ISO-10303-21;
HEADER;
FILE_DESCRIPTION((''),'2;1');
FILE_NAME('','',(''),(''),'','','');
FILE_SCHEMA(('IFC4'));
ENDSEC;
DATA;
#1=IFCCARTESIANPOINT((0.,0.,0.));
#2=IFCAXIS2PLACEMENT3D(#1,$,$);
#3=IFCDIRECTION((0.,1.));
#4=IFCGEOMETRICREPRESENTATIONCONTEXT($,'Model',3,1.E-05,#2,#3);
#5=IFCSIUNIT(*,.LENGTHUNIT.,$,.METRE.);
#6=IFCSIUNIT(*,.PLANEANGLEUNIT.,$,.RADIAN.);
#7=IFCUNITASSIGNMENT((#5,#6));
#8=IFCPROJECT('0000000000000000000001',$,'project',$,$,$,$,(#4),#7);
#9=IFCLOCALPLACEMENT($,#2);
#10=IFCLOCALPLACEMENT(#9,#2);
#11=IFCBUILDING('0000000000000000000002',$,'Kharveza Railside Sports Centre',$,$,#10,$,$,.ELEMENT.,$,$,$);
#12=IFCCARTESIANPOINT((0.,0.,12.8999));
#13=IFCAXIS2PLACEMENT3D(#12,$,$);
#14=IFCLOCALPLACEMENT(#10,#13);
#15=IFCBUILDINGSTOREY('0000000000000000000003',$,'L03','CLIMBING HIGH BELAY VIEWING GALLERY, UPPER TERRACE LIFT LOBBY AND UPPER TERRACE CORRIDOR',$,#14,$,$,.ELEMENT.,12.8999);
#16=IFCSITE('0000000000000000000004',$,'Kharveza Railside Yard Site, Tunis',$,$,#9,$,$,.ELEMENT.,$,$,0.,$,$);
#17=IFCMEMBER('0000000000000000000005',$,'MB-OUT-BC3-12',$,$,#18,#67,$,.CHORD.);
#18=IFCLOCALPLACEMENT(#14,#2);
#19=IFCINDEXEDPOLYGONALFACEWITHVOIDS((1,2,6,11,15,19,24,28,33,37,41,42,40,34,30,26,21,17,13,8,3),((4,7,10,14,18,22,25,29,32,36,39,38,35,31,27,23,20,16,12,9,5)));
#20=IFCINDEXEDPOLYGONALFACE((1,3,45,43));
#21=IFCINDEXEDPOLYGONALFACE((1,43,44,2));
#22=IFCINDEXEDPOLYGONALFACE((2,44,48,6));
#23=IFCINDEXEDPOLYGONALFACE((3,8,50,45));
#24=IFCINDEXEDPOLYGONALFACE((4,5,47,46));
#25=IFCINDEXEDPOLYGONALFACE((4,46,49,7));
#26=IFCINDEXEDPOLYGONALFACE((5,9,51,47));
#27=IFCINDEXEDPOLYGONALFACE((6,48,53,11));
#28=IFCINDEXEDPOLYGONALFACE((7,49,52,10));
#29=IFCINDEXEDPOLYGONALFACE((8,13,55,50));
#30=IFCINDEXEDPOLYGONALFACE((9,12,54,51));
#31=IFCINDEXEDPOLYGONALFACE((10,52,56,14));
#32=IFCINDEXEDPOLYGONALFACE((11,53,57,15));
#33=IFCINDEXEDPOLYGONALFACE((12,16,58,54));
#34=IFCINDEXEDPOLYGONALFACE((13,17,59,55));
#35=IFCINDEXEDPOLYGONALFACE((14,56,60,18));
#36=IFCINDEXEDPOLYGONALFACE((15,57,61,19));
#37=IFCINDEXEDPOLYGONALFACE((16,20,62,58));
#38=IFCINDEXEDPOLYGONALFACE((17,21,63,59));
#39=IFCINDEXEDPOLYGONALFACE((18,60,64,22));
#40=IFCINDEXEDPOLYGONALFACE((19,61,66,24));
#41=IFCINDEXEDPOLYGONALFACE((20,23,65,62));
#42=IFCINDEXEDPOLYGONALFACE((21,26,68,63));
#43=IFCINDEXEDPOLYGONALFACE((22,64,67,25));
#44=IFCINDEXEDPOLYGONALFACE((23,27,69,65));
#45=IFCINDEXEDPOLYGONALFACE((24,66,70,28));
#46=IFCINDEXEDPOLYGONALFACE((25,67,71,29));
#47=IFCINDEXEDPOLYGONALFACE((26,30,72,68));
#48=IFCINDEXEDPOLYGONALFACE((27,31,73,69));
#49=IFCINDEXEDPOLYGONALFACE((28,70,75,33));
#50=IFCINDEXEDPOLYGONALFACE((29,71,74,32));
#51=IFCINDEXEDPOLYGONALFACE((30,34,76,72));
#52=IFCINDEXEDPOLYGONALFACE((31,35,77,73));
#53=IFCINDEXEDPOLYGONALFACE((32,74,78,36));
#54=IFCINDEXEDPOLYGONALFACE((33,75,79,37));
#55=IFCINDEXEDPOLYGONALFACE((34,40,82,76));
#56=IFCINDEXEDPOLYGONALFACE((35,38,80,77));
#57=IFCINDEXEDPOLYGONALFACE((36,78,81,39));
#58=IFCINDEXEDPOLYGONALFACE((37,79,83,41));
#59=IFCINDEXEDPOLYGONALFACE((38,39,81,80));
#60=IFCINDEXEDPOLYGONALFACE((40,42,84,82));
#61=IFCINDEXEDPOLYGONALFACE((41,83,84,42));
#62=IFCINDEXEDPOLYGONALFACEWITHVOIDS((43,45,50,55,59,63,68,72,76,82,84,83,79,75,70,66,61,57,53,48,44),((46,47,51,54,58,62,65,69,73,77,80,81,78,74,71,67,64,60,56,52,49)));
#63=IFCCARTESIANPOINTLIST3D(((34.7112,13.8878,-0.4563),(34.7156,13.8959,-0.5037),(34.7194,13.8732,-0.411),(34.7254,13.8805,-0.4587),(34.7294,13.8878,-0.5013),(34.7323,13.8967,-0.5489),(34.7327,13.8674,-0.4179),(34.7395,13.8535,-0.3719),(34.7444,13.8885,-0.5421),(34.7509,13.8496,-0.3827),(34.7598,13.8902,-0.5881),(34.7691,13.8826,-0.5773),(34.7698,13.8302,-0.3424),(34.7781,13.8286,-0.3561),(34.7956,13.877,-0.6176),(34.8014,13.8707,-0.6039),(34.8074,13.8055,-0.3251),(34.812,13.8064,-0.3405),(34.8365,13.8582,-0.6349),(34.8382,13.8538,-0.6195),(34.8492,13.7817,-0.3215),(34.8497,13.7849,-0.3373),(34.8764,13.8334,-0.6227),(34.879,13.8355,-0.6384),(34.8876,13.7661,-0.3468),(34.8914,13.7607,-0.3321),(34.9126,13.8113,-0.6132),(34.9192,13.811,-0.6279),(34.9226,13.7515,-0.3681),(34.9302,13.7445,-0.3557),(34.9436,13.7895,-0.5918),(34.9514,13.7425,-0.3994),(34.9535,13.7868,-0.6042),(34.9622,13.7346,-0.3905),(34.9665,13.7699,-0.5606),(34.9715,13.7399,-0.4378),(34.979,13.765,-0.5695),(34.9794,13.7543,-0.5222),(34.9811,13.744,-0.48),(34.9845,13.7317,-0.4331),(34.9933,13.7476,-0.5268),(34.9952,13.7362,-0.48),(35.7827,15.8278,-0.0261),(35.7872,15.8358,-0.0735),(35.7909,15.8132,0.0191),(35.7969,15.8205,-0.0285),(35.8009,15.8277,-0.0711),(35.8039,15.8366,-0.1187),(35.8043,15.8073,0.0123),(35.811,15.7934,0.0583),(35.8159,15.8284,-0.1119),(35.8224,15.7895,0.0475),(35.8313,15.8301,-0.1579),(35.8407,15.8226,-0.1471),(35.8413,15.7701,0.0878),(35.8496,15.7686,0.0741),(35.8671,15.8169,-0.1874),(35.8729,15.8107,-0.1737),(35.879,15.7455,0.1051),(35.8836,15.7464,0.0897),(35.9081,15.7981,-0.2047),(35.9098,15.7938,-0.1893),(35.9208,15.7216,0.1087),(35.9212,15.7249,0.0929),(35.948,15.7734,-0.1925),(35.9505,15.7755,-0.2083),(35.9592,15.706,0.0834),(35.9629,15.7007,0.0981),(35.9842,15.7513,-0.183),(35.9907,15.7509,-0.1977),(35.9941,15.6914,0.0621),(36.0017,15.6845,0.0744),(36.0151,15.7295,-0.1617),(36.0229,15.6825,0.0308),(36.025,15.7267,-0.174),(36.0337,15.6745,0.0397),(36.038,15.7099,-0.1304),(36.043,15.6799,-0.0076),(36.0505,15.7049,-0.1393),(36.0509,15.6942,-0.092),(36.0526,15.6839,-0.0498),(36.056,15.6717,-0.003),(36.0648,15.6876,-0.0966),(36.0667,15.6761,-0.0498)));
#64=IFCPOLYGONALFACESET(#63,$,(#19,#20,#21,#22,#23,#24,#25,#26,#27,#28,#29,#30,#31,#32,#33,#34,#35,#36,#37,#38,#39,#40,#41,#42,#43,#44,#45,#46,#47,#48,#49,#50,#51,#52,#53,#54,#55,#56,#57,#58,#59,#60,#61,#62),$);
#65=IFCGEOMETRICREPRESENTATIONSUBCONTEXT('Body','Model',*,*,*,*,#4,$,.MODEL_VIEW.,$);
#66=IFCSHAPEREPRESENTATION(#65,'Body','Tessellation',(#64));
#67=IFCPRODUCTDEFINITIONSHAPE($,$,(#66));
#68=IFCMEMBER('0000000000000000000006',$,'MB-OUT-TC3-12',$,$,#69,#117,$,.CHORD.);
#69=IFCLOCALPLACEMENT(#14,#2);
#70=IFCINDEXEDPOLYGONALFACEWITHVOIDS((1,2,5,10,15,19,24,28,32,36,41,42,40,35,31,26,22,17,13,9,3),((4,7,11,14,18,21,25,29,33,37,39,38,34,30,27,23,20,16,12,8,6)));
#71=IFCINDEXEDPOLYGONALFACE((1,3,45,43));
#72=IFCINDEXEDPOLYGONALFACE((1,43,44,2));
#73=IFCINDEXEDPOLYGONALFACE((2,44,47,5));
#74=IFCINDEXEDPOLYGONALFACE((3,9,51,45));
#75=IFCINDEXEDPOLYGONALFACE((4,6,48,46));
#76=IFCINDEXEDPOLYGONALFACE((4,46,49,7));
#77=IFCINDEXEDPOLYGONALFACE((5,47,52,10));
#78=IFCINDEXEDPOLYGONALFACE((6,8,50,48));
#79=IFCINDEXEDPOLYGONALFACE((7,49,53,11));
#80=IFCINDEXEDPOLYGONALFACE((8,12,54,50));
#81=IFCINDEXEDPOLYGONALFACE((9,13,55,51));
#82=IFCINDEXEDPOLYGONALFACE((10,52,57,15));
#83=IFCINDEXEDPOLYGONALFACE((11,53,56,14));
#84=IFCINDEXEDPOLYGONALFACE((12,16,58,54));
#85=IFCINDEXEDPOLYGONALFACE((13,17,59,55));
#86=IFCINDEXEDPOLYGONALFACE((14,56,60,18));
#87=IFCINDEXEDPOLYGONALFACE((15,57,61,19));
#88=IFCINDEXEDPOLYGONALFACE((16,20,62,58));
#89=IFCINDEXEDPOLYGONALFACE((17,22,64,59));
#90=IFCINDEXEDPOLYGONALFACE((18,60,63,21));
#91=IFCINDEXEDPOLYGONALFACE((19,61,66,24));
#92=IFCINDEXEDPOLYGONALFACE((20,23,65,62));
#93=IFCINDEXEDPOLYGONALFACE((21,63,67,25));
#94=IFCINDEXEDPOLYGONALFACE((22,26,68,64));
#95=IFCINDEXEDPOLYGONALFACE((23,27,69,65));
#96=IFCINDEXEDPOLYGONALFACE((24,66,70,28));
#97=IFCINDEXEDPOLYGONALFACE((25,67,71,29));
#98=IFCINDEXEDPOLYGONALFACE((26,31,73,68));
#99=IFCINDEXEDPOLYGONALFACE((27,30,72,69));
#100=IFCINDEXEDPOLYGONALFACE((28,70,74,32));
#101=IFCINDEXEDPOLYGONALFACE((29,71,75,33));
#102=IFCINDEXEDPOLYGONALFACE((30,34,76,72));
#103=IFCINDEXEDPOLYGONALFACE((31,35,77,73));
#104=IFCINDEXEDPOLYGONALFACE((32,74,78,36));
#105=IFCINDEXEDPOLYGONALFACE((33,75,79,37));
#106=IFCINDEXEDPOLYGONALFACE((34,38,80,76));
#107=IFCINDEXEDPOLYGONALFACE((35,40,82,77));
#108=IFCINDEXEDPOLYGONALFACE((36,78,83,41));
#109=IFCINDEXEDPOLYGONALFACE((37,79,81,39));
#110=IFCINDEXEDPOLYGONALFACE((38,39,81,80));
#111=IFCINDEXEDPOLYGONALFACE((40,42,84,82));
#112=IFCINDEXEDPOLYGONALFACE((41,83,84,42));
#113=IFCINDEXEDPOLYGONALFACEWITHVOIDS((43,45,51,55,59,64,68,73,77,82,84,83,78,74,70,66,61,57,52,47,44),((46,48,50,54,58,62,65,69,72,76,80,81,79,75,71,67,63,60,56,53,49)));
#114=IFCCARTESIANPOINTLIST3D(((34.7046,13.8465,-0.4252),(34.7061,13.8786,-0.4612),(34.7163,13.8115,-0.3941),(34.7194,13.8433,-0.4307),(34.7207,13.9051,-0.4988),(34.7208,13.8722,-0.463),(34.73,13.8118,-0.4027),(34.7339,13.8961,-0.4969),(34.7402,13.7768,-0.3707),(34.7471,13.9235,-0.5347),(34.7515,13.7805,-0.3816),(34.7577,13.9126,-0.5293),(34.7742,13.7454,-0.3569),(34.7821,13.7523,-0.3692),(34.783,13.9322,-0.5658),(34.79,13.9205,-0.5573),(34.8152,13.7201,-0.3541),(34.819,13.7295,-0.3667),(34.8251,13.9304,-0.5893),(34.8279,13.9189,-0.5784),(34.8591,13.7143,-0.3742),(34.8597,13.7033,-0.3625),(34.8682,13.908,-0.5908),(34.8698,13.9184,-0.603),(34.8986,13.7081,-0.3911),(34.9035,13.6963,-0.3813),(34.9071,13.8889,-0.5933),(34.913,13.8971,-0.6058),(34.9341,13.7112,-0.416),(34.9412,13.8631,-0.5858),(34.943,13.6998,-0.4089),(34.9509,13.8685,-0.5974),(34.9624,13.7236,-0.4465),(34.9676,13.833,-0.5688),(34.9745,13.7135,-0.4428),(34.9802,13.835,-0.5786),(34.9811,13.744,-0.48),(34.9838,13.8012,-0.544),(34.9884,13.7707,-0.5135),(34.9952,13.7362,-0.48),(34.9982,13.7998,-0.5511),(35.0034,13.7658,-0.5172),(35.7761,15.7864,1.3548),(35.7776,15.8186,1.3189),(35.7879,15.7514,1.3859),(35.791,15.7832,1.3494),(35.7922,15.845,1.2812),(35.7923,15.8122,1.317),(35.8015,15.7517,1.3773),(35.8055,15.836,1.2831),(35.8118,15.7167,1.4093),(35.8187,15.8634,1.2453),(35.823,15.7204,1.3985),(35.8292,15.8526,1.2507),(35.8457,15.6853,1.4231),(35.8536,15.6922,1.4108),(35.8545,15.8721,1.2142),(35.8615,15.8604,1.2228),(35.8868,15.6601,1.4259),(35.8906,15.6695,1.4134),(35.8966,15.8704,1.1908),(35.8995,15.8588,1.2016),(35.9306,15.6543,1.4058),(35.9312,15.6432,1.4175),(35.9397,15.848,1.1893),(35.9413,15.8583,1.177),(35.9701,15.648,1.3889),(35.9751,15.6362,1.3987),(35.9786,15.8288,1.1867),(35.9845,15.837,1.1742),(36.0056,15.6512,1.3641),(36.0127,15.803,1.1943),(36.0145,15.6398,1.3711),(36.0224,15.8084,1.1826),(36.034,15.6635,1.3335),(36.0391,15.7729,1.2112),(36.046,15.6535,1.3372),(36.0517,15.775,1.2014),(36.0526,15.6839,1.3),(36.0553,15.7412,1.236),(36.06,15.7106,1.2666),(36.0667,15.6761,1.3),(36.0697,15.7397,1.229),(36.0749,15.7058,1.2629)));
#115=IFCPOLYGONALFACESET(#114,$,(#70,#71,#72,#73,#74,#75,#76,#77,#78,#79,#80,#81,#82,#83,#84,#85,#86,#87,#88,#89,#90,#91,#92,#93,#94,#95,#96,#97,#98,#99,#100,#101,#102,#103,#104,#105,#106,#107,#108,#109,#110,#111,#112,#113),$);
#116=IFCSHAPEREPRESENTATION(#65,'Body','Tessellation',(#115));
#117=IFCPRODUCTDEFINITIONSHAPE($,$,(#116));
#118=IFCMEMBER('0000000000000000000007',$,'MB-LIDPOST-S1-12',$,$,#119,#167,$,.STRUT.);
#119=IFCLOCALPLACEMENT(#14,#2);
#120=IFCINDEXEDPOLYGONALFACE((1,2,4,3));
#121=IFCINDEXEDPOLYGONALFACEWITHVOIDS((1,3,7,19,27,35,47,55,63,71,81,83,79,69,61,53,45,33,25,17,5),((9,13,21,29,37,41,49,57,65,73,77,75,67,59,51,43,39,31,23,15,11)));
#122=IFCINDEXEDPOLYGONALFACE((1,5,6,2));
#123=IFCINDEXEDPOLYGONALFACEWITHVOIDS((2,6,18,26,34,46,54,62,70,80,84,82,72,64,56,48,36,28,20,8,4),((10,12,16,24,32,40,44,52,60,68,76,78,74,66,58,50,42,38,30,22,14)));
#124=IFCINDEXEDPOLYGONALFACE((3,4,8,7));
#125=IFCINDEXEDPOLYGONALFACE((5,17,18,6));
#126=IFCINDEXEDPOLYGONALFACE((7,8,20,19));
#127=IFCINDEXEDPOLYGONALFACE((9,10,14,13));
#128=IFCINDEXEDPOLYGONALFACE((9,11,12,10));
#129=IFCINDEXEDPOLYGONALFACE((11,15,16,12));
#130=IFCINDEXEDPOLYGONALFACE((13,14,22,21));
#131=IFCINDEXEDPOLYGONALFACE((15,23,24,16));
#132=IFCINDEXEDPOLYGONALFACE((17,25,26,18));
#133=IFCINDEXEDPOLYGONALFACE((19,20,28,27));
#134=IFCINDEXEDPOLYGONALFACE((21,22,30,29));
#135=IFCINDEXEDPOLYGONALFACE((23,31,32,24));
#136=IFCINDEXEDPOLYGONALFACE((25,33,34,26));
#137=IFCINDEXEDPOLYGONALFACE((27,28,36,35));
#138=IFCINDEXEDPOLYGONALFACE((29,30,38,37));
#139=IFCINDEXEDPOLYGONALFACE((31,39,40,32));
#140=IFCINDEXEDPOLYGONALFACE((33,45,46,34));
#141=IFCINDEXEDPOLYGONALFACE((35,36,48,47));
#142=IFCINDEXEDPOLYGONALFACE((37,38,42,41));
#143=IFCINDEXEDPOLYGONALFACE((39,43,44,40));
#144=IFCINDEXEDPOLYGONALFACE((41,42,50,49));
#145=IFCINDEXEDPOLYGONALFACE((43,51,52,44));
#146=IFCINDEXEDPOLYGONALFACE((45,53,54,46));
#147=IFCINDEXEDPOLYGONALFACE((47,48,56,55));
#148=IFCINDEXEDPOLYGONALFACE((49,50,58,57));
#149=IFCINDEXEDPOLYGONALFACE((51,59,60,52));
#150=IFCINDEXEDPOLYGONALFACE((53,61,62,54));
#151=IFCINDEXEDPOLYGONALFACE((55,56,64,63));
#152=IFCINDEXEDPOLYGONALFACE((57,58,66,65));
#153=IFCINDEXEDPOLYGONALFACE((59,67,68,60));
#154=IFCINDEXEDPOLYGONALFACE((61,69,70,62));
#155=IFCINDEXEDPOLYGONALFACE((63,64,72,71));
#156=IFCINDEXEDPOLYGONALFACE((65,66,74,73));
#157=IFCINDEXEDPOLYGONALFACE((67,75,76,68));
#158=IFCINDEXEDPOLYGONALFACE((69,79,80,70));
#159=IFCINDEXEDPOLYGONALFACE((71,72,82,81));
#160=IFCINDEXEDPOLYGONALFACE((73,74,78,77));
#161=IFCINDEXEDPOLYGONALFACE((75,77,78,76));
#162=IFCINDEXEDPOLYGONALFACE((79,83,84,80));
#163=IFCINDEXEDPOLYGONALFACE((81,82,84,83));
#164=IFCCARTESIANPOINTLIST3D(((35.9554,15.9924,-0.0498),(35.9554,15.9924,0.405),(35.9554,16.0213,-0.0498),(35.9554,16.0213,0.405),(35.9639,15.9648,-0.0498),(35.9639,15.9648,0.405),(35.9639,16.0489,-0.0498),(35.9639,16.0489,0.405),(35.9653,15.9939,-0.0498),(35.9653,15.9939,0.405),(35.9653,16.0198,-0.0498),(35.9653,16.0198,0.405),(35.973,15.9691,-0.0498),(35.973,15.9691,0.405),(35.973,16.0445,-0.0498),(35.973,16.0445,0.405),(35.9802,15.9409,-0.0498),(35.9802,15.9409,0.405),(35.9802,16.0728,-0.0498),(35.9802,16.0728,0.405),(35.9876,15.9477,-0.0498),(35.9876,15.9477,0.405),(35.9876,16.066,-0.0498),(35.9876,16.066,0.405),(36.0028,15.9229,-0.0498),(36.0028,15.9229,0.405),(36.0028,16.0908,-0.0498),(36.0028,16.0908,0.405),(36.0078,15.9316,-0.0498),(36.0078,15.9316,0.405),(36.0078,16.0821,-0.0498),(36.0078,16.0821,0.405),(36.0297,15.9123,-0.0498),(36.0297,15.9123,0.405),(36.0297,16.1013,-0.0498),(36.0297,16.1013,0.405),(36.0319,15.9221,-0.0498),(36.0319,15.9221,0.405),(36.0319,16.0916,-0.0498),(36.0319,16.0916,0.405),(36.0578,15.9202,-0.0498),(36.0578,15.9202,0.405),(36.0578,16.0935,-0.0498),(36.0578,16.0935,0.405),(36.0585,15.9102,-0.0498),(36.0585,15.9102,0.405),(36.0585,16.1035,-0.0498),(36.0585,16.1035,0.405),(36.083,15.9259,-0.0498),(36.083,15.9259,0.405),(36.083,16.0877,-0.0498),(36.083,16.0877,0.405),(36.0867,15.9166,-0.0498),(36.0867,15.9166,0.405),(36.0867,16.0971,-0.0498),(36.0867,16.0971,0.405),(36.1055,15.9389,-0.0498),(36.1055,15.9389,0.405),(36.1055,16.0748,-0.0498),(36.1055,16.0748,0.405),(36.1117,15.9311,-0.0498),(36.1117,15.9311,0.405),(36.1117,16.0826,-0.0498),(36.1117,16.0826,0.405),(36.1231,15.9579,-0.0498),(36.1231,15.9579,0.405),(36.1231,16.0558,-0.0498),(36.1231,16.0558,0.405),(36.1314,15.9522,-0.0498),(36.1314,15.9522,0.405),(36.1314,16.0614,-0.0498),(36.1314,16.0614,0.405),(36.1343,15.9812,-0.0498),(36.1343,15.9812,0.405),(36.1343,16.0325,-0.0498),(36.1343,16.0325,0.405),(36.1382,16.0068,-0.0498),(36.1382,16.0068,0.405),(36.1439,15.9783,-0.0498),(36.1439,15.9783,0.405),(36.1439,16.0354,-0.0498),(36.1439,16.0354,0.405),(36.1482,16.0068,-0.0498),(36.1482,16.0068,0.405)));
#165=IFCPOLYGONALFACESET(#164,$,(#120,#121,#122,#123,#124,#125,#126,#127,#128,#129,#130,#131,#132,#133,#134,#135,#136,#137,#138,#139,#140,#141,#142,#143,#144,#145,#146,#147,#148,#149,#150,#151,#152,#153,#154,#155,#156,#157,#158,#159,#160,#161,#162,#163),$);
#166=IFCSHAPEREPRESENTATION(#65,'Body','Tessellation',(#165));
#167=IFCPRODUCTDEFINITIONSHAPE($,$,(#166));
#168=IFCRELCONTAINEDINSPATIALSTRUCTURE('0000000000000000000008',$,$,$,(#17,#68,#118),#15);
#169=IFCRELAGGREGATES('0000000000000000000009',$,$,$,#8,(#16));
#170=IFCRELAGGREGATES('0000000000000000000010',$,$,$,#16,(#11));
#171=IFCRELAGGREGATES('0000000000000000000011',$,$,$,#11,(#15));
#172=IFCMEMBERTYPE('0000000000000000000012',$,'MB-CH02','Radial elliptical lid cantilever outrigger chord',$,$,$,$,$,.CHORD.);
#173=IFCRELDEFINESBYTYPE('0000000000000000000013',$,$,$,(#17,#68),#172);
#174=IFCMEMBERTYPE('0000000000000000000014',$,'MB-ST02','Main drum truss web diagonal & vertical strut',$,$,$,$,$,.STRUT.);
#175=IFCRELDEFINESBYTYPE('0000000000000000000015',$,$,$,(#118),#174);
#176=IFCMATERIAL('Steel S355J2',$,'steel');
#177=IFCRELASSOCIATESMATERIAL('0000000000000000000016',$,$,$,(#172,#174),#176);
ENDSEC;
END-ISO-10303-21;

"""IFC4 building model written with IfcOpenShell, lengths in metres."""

from ifc_helpers import new_model, si_unit, direction, frame, origin, origin_2d, place, context, subcontext, project, spatial, hollow_circle, extrude, material, material_profile, profile_set, type_object, element, save


model = new_model("IFC4")

# Units and contexts
model_context = context("Model", 3, precision=1e-05, world=origin(), true_north=direction((0.0, 1.0)))
body_context = subcontext(model_context, "Body", "Model", "MODEL_VIEW")
ifc_project = project(units=[si_unit("LENGTHUNIT", "METRE"), si_unit("PLANEANGLEUNIT", "RADIAN")], contexts=[model_context])

# Site, building, storey
site_placement = place(None, origin())
site = spatial("IfcSite", under=ifc_project, at=site_placement, Name="Kharveza Railside Yard Site, Tunis", CompositionType="ELEMENT", RefElevation=0.0)
building_placement = place(site_placement, origin())
building = spatial("IfcBuilding", under=site, at=building_placement, Name="Kharveza Railside Sports Centre", CompositionType="ELEMENT")
storey_placement = place(building_placement, frame((0.0, 0.0, 12.8999)))
storey = spatial("IfcBuildingStorey", under=building, at=storey_placement, Name="L03", Description="CLIMBING HIGH BELAY VIEWING GALLERY, UPPER TERRACE LIFT LOBBY AND UPPER TERRACE CORRIDOR", CompositionType="ELEMENT", Elevation=12.8999)

# Shared definitions
ifc_material_1 = material(Name="Steel S355J2", Category="steel")

# Members
ifc_material_profile_1 = material_profile(ifc_material_1, hollow_circle(Radius=0.1619, WallThickness=0.0161, at=origin_2d()), Name="CHS 323.9x16.0")
ifc_profile_set_1 = profile_set([ifc_material_profile_1], Name="Steel S355J2")
member_type_1 = type_object("IfcMemberType", Name="MB-CH02", Description="Radial elliptical lid cantilever outrigger chord", PredefinedType="CHORD", material=ifc_profile_set_1)
member_1_placement = place(storey_placement, frame((35.925, 15.7544, -0.0498), z_axis=(-0.474641, -0.859306, -0.190548), x_axis=(0.875345, -0.4835, 0.0)))
element("IfcMember", 1, at=member_1_placement, inside=storey, type_object=member_type_1, Name="MB-OUT-BC3-12", PredefinedType="CHORD", context=body_context, shape_type="SweptSolid", body=[
    extrude(hollow_circle(Radius=0.1619, WallThickness=0.0161, at=origin_2d()), origin(), (0.0, 0.0, 1.0), 2.2576),
])
member_2_placement = place(storey_placement, frame((35.925, 15.7544, 1.3), z_axis=(-0.376963, -0.682466, -0.62621), x_axis=(0.875345, -0.4835, 0.0)))
element("IfcMember", 2, at=member_2_placement, inside=storey, type_object=member_type_1, Name="MB-OUT-TC3-12", PredefinedType="CHORD", context=body_context, shape_type="SweptSolid", body=[
    extrude(hollow_circle(Radius=0.1619, WallThickness=0.0161, at=origin_2d()), origin(), (0.0, 0.0, 1.0), 2.8425),
])
ifc_material_profile_2 = material_profile(ifc_material_1, hollow_circle(Radius=0.0969, WallThickness=0.01, at=origin_2d()), Name="CHS 193.7x10.0")
ifc_profile_set_2 = profile_set([ifc_material_profile_2], Name="Steel S355J2")
member_type_2 = type_object("IfcMemberType", Name="MB-ST02", Description="Main drum truss web diagonal & vertical strut", PredefinedType="STRUT", material=ifc_profile_set_2)
member_3_placement = place(storey_placement, frame((36.0513, 16.0068, -0.0498), z_axis=(0.0, 0.0, 1.0), x_axis=(1.0, 0.0, 0.0)))
element("IfcMember", 3, at=member_3_placement, inside=storey, type_object=member_type_2, Name="MB-LIDPOST-S1-12", PredefinedType="STRUT", context=body_context, shape_type="SweptSolid", body=[
    extrude(hollow_circle(Radius=0.0969, WallThickness=0.01, at=origin_2d()), origin(), (0.0, 0.0, 1.0), 0.4548),
])

save(model, "model.ifc")
